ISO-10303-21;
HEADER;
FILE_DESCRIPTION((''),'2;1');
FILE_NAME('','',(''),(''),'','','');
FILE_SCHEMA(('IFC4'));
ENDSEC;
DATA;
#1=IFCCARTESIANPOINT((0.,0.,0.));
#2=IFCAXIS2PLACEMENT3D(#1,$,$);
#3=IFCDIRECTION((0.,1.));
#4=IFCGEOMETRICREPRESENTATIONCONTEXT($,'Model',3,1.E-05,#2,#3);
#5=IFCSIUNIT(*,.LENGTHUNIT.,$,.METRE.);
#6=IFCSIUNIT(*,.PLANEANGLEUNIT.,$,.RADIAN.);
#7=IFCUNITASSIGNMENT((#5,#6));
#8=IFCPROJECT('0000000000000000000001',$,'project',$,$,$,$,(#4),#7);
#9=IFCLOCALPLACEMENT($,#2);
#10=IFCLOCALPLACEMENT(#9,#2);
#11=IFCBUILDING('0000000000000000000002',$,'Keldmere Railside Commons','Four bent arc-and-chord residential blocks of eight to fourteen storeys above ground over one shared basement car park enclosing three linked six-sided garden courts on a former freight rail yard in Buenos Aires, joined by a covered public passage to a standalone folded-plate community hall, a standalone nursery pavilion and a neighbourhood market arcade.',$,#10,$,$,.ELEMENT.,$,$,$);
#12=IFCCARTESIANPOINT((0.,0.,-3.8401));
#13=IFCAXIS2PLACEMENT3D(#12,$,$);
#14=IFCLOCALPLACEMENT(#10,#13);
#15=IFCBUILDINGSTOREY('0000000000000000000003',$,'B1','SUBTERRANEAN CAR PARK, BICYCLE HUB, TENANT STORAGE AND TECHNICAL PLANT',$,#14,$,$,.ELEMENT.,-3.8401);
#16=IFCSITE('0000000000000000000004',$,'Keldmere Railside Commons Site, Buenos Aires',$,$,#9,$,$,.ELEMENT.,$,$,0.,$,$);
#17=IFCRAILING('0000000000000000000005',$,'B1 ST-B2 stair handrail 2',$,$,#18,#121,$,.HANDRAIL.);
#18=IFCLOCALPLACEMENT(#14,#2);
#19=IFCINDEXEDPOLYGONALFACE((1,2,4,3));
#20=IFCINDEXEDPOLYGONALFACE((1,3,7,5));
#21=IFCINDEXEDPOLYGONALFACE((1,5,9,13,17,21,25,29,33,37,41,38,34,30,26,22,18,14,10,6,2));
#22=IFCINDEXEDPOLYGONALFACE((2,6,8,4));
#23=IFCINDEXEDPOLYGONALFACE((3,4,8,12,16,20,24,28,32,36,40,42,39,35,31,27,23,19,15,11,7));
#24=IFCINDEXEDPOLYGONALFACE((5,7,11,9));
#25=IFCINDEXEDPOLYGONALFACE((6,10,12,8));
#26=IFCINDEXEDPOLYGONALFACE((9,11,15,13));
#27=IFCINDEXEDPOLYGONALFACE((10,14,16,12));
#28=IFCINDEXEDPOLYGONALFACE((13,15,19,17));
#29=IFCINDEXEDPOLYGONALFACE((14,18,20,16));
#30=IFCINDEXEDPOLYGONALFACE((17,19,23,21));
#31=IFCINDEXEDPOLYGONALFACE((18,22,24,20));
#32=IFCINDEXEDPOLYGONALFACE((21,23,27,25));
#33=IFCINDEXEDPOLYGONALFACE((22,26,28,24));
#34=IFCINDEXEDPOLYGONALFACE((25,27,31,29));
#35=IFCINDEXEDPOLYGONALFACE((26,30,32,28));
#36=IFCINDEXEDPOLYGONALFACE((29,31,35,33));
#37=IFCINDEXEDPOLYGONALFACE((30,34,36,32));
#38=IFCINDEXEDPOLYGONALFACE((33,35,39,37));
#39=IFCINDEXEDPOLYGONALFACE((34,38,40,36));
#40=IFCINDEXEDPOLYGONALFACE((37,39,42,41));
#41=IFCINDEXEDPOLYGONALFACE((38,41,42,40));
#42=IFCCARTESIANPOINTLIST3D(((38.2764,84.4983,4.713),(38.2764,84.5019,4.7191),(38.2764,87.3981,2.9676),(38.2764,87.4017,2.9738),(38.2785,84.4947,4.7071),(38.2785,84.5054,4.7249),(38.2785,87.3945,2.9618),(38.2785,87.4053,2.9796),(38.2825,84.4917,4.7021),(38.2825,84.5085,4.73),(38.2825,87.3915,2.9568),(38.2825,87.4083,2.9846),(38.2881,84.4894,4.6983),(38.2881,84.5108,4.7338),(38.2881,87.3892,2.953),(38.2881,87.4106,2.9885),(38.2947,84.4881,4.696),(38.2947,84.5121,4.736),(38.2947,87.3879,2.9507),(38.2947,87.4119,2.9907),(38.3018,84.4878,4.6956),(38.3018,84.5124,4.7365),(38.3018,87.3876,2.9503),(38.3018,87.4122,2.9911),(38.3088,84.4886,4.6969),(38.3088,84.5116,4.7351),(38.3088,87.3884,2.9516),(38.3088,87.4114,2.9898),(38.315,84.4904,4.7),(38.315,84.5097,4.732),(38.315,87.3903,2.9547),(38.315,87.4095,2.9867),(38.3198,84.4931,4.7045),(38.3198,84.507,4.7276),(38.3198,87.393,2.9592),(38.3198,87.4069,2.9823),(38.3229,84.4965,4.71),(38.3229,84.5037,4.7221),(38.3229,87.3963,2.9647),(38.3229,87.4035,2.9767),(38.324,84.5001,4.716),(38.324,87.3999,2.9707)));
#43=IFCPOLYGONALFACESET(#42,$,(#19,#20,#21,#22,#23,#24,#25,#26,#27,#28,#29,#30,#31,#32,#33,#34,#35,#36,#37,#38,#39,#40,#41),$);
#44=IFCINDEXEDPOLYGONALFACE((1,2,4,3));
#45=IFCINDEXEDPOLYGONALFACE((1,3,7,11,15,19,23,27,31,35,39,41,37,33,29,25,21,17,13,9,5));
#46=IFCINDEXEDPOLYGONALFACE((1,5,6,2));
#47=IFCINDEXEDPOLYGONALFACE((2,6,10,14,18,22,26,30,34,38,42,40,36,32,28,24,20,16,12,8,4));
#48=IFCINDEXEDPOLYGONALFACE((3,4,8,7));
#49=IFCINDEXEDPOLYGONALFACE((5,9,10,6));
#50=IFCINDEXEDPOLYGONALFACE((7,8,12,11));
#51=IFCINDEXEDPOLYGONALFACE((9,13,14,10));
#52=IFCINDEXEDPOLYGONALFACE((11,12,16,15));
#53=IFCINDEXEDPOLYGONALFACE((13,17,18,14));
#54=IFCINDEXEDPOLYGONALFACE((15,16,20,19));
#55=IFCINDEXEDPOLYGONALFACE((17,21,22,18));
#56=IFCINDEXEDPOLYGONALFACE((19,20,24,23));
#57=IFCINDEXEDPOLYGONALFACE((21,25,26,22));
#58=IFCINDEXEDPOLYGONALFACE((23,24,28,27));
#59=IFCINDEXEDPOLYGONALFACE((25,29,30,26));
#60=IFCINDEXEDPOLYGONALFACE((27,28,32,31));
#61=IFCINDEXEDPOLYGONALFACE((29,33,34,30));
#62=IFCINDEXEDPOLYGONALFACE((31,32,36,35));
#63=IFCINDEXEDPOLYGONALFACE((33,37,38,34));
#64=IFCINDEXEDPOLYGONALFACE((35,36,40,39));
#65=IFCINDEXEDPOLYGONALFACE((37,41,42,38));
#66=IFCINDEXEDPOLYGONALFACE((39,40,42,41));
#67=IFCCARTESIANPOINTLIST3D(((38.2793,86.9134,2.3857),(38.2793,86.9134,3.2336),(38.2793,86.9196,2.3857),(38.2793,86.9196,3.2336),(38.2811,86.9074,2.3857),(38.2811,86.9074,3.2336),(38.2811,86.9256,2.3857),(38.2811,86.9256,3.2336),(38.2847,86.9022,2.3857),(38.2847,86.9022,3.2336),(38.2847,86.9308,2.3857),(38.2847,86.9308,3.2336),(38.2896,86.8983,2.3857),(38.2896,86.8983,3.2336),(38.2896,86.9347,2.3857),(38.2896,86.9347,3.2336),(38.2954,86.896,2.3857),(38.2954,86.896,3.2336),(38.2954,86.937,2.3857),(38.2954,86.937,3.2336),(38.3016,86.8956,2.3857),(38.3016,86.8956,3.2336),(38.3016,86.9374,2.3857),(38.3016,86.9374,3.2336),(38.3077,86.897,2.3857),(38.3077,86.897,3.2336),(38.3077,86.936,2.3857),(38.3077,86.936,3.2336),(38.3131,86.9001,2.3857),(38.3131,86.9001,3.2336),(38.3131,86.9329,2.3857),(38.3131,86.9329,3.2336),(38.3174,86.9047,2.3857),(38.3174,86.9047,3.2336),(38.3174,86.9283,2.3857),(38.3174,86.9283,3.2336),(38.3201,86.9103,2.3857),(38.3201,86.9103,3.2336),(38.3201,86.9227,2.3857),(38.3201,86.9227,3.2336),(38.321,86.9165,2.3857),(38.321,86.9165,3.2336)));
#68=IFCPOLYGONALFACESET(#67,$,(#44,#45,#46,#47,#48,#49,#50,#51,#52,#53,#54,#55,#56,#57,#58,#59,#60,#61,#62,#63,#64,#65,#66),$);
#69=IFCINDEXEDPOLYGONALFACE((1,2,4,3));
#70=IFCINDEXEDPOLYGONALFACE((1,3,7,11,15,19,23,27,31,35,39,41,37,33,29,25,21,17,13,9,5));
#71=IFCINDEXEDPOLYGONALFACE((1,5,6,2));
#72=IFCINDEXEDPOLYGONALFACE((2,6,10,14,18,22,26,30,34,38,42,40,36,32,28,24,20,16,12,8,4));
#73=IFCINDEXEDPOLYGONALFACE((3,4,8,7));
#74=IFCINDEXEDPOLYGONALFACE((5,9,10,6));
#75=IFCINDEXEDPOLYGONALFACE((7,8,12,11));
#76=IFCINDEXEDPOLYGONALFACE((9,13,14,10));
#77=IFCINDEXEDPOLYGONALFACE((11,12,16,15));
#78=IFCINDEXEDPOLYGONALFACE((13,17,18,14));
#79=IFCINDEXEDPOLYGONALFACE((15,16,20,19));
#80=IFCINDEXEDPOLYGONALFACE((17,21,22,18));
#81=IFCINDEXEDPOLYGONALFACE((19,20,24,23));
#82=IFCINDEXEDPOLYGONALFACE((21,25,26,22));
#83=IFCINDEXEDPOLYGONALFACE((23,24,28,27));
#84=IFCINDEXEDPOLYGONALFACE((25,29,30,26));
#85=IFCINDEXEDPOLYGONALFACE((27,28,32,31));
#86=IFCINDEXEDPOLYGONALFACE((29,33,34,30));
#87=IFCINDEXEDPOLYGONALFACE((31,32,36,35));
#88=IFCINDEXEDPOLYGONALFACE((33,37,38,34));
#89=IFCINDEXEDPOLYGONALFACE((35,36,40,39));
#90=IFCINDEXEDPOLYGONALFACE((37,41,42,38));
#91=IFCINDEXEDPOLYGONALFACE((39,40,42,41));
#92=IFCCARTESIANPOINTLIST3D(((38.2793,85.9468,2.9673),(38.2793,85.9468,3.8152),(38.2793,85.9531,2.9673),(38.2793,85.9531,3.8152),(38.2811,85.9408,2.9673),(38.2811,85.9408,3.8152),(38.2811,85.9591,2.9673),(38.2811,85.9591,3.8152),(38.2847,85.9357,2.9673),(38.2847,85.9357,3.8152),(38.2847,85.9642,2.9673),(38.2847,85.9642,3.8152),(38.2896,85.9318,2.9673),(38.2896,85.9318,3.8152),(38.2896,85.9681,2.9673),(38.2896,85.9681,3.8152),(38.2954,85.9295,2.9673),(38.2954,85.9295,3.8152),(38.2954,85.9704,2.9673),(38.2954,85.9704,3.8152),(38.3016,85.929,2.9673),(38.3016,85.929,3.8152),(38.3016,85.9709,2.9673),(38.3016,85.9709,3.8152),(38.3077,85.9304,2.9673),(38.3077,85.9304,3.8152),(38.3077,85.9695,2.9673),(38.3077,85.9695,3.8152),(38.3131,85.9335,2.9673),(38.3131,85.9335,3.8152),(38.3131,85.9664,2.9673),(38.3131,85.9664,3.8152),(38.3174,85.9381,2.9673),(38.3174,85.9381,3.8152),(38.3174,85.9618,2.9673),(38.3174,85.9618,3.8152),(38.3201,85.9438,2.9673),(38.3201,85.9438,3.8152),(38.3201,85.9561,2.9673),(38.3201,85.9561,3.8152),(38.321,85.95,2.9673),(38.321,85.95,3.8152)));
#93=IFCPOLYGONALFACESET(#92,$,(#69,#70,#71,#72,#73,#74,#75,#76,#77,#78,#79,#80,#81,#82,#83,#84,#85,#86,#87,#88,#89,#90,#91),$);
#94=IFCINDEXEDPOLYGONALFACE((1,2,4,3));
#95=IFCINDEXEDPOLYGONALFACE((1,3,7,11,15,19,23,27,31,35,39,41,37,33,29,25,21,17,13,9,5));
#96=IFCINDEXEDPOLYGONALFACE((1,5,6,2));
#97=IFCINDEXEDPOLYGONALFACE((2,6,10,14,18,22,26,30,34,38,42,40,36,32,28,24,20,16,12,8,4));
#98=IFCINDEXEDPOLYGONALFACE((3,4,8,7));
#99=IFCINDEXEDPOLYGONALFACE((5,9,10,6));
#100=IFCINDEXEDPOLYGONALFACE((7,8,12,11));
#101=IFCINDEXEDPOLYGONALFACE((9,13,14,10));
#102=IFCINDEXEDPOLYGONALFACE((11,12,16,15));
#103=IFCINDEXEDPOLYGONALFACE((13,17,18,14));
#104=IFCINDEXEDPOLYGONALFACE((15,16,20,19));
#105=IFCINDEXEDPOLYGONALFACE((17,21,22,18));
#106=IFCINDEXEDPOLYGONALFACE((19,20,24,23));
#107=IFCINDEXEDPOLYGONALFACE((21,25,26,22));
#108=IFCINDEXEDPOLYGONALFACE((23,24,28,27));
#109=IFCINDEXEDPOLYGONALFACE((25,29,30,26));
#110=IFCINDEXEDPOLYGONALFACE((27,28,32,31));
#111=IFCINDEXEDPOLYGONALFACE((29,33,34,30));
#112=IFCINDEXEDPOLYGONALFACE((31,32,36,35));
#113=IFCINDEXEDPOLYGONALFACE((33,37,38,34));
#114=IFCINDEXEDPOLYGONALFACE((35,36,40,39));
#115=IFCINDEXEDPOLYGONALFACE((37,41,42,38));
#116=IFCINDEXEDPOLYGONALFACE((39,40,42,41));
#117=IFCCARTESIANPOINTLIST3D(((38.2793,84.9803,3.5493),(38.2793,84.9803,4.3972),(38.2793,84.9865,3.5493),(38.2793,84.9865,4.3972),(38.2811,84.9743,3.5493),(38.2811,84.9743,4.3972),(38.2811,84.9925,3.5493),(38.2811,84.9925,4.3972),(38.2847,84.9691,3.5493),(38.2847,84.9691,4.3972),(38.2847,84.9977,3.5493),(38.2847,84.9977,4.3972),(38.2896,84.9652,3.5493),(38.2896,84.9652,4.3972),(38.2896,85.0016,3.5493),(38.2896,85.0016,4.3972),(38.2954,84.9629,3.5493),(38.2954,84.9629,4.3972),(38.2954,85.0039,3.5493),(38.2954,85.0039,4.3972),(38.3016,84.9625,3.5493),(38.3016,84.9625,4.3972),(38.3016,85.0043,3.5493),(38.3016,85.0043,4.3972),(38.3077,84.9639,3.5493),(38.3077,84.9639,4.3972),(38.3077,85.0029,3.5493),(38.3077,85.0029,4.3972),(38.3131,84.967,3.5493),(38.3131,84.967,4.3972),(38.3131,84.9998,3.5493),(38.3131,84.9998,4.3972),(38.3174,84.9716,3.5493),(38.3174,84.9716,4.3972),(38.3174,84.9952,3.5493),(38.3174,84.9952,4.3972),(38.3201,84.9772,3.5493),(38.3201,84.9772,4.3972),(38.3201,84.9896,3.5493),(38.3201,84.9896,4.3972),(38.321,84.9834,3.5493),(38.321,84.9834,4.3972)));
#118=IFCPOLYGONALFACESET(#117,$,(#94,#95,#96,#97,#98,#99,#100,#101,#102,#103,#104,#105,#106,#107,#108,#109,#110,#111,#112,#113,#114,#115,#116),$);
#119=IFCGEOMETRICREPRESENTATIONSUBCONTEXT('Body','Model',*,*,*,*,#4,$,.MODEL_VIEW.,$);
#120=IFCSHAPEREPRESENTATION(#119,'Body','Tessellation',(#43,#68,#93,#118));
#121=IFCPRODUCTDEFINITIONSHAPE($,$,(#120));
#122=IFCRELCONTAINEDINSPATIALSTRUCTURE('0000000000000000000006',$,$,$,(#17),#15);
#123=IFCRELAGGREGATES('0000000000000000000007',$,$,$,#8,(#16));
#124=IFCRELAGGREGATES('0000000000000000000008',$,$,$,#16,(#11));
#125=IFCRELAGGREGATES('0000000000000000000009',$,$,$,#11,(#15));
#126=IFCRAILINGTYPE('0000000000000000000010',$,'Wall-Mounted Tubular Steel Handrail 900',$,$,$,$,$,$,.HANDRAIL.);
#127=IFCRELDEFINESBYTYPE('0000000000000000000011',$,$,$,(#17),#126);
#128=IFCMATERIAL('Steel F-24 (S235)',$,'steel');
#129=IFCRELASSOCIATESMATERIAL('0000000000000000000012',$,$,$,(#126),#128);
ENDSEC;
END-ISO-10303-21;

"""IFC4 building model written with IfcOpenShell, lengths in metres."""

from ifc_helpers import new_model, si_unit, direction, frame, origin, origin_2d, place, context, subcontext, project, spatial, circle, extrude, material, type_object, element, save


model = new_model("IFC4")

# Units and contexts
model_context = context("Model", 3, precision=1e-05, world=origin(), true_north=direction((0.0, 1.0)))
body_context = subcontext(model_context, "Body", "Model", "MODEL_VIEW")
ifc_project = project(units=[si_unit("LENGTHUNIT", "METRE"), si_unit("PLANEANGLEUNIT", "RADIAN")], contexts=[model_context])

# Site, building, storey
site_placement = place(None, origin())
site = spatial("IfcSite", under=ifc_project, at=site_placement, Name="Keldmere Railside Commons Site, Buenos Aires", CompositionType="ELEMENT", RefElevation=0.0)
building_placement = place(site_placement, origin())
building = spatial("IfcBuilding", under=site, at=building_placement, Name="Keldmere Railside Commons", Description="Four bent arc-and-chord residential blocks of eight to fourteen storeys above ground over one shared basement car park enclosing three linked six-sided garden courts on a former freight rail yard in Buenos Aires, joined by a covered public passage to a standalone folded-plate community hall, a standalone nursery pavilion and a neighbourhood market arcade.", CompositionType="ELEMENT")
storey_placement = place(building_placement, frame((0.0, 0.0, -3.8401)))
storey = spatial("IfcBuildingStorey", under=building, at=storey_placement, Name="B1", Description="SUBTERRANEAN CAR PARK, BICYCLE HUB, TENANT STORAGE AND TECHNICAL PLANT", CompositionType="ELEMENT", Elevation=-3.8401)

# Railing
ifc_material_1 = material(Name="Steel F-24 (S235)", Category="steel")
railing_type_1 = type_object("IfcRailingType", Name="Wall-Mounted Tubular Steel Handrail 900", PredefinedType="HANDRAIL", material=ifc_material_1)
railing_1_placement = place(storey_placement, frame((38.3, 87.3999, 2.0947)))
element("IfcRailing", 1, at=railing_1_placement, inside=storey, type_object=railing_type_1, Name="B1 ST-B2 stair handrail 2", PredefinedType="HANDRAIL", context=body_context, shape_type="SweptSolid", body=[
    extrude(circle(Radius=0.0239, at=origin_2d()), frame((0.0, 0.0, 0.876), z_axis=(0.0, -0.856786, 0.515673), x_axis=(1.0, 0.0, 0.0)), (0.0, 0.0, 1.0), 3.3845),
    extrude(circle(Radius=0.021, at=origin_2d()), frame((0.0, -0.4834, 0.291)), (0.0, 0.0, 1.0), 0.8479),
    extrude(circle(Radius=0.021, at=origin_2d()), frame((0.0, -1.45, 0.8726)), (0.0, 0.0, 1.0), 0.8479),
    extrude(circle(Radius=0.021, at=origin_2d()), frame((0.0, -2.4165, 1.4546)), (0.0, 0.0, 1.0), 0.8479),
])

save(model, "model.ifc")
